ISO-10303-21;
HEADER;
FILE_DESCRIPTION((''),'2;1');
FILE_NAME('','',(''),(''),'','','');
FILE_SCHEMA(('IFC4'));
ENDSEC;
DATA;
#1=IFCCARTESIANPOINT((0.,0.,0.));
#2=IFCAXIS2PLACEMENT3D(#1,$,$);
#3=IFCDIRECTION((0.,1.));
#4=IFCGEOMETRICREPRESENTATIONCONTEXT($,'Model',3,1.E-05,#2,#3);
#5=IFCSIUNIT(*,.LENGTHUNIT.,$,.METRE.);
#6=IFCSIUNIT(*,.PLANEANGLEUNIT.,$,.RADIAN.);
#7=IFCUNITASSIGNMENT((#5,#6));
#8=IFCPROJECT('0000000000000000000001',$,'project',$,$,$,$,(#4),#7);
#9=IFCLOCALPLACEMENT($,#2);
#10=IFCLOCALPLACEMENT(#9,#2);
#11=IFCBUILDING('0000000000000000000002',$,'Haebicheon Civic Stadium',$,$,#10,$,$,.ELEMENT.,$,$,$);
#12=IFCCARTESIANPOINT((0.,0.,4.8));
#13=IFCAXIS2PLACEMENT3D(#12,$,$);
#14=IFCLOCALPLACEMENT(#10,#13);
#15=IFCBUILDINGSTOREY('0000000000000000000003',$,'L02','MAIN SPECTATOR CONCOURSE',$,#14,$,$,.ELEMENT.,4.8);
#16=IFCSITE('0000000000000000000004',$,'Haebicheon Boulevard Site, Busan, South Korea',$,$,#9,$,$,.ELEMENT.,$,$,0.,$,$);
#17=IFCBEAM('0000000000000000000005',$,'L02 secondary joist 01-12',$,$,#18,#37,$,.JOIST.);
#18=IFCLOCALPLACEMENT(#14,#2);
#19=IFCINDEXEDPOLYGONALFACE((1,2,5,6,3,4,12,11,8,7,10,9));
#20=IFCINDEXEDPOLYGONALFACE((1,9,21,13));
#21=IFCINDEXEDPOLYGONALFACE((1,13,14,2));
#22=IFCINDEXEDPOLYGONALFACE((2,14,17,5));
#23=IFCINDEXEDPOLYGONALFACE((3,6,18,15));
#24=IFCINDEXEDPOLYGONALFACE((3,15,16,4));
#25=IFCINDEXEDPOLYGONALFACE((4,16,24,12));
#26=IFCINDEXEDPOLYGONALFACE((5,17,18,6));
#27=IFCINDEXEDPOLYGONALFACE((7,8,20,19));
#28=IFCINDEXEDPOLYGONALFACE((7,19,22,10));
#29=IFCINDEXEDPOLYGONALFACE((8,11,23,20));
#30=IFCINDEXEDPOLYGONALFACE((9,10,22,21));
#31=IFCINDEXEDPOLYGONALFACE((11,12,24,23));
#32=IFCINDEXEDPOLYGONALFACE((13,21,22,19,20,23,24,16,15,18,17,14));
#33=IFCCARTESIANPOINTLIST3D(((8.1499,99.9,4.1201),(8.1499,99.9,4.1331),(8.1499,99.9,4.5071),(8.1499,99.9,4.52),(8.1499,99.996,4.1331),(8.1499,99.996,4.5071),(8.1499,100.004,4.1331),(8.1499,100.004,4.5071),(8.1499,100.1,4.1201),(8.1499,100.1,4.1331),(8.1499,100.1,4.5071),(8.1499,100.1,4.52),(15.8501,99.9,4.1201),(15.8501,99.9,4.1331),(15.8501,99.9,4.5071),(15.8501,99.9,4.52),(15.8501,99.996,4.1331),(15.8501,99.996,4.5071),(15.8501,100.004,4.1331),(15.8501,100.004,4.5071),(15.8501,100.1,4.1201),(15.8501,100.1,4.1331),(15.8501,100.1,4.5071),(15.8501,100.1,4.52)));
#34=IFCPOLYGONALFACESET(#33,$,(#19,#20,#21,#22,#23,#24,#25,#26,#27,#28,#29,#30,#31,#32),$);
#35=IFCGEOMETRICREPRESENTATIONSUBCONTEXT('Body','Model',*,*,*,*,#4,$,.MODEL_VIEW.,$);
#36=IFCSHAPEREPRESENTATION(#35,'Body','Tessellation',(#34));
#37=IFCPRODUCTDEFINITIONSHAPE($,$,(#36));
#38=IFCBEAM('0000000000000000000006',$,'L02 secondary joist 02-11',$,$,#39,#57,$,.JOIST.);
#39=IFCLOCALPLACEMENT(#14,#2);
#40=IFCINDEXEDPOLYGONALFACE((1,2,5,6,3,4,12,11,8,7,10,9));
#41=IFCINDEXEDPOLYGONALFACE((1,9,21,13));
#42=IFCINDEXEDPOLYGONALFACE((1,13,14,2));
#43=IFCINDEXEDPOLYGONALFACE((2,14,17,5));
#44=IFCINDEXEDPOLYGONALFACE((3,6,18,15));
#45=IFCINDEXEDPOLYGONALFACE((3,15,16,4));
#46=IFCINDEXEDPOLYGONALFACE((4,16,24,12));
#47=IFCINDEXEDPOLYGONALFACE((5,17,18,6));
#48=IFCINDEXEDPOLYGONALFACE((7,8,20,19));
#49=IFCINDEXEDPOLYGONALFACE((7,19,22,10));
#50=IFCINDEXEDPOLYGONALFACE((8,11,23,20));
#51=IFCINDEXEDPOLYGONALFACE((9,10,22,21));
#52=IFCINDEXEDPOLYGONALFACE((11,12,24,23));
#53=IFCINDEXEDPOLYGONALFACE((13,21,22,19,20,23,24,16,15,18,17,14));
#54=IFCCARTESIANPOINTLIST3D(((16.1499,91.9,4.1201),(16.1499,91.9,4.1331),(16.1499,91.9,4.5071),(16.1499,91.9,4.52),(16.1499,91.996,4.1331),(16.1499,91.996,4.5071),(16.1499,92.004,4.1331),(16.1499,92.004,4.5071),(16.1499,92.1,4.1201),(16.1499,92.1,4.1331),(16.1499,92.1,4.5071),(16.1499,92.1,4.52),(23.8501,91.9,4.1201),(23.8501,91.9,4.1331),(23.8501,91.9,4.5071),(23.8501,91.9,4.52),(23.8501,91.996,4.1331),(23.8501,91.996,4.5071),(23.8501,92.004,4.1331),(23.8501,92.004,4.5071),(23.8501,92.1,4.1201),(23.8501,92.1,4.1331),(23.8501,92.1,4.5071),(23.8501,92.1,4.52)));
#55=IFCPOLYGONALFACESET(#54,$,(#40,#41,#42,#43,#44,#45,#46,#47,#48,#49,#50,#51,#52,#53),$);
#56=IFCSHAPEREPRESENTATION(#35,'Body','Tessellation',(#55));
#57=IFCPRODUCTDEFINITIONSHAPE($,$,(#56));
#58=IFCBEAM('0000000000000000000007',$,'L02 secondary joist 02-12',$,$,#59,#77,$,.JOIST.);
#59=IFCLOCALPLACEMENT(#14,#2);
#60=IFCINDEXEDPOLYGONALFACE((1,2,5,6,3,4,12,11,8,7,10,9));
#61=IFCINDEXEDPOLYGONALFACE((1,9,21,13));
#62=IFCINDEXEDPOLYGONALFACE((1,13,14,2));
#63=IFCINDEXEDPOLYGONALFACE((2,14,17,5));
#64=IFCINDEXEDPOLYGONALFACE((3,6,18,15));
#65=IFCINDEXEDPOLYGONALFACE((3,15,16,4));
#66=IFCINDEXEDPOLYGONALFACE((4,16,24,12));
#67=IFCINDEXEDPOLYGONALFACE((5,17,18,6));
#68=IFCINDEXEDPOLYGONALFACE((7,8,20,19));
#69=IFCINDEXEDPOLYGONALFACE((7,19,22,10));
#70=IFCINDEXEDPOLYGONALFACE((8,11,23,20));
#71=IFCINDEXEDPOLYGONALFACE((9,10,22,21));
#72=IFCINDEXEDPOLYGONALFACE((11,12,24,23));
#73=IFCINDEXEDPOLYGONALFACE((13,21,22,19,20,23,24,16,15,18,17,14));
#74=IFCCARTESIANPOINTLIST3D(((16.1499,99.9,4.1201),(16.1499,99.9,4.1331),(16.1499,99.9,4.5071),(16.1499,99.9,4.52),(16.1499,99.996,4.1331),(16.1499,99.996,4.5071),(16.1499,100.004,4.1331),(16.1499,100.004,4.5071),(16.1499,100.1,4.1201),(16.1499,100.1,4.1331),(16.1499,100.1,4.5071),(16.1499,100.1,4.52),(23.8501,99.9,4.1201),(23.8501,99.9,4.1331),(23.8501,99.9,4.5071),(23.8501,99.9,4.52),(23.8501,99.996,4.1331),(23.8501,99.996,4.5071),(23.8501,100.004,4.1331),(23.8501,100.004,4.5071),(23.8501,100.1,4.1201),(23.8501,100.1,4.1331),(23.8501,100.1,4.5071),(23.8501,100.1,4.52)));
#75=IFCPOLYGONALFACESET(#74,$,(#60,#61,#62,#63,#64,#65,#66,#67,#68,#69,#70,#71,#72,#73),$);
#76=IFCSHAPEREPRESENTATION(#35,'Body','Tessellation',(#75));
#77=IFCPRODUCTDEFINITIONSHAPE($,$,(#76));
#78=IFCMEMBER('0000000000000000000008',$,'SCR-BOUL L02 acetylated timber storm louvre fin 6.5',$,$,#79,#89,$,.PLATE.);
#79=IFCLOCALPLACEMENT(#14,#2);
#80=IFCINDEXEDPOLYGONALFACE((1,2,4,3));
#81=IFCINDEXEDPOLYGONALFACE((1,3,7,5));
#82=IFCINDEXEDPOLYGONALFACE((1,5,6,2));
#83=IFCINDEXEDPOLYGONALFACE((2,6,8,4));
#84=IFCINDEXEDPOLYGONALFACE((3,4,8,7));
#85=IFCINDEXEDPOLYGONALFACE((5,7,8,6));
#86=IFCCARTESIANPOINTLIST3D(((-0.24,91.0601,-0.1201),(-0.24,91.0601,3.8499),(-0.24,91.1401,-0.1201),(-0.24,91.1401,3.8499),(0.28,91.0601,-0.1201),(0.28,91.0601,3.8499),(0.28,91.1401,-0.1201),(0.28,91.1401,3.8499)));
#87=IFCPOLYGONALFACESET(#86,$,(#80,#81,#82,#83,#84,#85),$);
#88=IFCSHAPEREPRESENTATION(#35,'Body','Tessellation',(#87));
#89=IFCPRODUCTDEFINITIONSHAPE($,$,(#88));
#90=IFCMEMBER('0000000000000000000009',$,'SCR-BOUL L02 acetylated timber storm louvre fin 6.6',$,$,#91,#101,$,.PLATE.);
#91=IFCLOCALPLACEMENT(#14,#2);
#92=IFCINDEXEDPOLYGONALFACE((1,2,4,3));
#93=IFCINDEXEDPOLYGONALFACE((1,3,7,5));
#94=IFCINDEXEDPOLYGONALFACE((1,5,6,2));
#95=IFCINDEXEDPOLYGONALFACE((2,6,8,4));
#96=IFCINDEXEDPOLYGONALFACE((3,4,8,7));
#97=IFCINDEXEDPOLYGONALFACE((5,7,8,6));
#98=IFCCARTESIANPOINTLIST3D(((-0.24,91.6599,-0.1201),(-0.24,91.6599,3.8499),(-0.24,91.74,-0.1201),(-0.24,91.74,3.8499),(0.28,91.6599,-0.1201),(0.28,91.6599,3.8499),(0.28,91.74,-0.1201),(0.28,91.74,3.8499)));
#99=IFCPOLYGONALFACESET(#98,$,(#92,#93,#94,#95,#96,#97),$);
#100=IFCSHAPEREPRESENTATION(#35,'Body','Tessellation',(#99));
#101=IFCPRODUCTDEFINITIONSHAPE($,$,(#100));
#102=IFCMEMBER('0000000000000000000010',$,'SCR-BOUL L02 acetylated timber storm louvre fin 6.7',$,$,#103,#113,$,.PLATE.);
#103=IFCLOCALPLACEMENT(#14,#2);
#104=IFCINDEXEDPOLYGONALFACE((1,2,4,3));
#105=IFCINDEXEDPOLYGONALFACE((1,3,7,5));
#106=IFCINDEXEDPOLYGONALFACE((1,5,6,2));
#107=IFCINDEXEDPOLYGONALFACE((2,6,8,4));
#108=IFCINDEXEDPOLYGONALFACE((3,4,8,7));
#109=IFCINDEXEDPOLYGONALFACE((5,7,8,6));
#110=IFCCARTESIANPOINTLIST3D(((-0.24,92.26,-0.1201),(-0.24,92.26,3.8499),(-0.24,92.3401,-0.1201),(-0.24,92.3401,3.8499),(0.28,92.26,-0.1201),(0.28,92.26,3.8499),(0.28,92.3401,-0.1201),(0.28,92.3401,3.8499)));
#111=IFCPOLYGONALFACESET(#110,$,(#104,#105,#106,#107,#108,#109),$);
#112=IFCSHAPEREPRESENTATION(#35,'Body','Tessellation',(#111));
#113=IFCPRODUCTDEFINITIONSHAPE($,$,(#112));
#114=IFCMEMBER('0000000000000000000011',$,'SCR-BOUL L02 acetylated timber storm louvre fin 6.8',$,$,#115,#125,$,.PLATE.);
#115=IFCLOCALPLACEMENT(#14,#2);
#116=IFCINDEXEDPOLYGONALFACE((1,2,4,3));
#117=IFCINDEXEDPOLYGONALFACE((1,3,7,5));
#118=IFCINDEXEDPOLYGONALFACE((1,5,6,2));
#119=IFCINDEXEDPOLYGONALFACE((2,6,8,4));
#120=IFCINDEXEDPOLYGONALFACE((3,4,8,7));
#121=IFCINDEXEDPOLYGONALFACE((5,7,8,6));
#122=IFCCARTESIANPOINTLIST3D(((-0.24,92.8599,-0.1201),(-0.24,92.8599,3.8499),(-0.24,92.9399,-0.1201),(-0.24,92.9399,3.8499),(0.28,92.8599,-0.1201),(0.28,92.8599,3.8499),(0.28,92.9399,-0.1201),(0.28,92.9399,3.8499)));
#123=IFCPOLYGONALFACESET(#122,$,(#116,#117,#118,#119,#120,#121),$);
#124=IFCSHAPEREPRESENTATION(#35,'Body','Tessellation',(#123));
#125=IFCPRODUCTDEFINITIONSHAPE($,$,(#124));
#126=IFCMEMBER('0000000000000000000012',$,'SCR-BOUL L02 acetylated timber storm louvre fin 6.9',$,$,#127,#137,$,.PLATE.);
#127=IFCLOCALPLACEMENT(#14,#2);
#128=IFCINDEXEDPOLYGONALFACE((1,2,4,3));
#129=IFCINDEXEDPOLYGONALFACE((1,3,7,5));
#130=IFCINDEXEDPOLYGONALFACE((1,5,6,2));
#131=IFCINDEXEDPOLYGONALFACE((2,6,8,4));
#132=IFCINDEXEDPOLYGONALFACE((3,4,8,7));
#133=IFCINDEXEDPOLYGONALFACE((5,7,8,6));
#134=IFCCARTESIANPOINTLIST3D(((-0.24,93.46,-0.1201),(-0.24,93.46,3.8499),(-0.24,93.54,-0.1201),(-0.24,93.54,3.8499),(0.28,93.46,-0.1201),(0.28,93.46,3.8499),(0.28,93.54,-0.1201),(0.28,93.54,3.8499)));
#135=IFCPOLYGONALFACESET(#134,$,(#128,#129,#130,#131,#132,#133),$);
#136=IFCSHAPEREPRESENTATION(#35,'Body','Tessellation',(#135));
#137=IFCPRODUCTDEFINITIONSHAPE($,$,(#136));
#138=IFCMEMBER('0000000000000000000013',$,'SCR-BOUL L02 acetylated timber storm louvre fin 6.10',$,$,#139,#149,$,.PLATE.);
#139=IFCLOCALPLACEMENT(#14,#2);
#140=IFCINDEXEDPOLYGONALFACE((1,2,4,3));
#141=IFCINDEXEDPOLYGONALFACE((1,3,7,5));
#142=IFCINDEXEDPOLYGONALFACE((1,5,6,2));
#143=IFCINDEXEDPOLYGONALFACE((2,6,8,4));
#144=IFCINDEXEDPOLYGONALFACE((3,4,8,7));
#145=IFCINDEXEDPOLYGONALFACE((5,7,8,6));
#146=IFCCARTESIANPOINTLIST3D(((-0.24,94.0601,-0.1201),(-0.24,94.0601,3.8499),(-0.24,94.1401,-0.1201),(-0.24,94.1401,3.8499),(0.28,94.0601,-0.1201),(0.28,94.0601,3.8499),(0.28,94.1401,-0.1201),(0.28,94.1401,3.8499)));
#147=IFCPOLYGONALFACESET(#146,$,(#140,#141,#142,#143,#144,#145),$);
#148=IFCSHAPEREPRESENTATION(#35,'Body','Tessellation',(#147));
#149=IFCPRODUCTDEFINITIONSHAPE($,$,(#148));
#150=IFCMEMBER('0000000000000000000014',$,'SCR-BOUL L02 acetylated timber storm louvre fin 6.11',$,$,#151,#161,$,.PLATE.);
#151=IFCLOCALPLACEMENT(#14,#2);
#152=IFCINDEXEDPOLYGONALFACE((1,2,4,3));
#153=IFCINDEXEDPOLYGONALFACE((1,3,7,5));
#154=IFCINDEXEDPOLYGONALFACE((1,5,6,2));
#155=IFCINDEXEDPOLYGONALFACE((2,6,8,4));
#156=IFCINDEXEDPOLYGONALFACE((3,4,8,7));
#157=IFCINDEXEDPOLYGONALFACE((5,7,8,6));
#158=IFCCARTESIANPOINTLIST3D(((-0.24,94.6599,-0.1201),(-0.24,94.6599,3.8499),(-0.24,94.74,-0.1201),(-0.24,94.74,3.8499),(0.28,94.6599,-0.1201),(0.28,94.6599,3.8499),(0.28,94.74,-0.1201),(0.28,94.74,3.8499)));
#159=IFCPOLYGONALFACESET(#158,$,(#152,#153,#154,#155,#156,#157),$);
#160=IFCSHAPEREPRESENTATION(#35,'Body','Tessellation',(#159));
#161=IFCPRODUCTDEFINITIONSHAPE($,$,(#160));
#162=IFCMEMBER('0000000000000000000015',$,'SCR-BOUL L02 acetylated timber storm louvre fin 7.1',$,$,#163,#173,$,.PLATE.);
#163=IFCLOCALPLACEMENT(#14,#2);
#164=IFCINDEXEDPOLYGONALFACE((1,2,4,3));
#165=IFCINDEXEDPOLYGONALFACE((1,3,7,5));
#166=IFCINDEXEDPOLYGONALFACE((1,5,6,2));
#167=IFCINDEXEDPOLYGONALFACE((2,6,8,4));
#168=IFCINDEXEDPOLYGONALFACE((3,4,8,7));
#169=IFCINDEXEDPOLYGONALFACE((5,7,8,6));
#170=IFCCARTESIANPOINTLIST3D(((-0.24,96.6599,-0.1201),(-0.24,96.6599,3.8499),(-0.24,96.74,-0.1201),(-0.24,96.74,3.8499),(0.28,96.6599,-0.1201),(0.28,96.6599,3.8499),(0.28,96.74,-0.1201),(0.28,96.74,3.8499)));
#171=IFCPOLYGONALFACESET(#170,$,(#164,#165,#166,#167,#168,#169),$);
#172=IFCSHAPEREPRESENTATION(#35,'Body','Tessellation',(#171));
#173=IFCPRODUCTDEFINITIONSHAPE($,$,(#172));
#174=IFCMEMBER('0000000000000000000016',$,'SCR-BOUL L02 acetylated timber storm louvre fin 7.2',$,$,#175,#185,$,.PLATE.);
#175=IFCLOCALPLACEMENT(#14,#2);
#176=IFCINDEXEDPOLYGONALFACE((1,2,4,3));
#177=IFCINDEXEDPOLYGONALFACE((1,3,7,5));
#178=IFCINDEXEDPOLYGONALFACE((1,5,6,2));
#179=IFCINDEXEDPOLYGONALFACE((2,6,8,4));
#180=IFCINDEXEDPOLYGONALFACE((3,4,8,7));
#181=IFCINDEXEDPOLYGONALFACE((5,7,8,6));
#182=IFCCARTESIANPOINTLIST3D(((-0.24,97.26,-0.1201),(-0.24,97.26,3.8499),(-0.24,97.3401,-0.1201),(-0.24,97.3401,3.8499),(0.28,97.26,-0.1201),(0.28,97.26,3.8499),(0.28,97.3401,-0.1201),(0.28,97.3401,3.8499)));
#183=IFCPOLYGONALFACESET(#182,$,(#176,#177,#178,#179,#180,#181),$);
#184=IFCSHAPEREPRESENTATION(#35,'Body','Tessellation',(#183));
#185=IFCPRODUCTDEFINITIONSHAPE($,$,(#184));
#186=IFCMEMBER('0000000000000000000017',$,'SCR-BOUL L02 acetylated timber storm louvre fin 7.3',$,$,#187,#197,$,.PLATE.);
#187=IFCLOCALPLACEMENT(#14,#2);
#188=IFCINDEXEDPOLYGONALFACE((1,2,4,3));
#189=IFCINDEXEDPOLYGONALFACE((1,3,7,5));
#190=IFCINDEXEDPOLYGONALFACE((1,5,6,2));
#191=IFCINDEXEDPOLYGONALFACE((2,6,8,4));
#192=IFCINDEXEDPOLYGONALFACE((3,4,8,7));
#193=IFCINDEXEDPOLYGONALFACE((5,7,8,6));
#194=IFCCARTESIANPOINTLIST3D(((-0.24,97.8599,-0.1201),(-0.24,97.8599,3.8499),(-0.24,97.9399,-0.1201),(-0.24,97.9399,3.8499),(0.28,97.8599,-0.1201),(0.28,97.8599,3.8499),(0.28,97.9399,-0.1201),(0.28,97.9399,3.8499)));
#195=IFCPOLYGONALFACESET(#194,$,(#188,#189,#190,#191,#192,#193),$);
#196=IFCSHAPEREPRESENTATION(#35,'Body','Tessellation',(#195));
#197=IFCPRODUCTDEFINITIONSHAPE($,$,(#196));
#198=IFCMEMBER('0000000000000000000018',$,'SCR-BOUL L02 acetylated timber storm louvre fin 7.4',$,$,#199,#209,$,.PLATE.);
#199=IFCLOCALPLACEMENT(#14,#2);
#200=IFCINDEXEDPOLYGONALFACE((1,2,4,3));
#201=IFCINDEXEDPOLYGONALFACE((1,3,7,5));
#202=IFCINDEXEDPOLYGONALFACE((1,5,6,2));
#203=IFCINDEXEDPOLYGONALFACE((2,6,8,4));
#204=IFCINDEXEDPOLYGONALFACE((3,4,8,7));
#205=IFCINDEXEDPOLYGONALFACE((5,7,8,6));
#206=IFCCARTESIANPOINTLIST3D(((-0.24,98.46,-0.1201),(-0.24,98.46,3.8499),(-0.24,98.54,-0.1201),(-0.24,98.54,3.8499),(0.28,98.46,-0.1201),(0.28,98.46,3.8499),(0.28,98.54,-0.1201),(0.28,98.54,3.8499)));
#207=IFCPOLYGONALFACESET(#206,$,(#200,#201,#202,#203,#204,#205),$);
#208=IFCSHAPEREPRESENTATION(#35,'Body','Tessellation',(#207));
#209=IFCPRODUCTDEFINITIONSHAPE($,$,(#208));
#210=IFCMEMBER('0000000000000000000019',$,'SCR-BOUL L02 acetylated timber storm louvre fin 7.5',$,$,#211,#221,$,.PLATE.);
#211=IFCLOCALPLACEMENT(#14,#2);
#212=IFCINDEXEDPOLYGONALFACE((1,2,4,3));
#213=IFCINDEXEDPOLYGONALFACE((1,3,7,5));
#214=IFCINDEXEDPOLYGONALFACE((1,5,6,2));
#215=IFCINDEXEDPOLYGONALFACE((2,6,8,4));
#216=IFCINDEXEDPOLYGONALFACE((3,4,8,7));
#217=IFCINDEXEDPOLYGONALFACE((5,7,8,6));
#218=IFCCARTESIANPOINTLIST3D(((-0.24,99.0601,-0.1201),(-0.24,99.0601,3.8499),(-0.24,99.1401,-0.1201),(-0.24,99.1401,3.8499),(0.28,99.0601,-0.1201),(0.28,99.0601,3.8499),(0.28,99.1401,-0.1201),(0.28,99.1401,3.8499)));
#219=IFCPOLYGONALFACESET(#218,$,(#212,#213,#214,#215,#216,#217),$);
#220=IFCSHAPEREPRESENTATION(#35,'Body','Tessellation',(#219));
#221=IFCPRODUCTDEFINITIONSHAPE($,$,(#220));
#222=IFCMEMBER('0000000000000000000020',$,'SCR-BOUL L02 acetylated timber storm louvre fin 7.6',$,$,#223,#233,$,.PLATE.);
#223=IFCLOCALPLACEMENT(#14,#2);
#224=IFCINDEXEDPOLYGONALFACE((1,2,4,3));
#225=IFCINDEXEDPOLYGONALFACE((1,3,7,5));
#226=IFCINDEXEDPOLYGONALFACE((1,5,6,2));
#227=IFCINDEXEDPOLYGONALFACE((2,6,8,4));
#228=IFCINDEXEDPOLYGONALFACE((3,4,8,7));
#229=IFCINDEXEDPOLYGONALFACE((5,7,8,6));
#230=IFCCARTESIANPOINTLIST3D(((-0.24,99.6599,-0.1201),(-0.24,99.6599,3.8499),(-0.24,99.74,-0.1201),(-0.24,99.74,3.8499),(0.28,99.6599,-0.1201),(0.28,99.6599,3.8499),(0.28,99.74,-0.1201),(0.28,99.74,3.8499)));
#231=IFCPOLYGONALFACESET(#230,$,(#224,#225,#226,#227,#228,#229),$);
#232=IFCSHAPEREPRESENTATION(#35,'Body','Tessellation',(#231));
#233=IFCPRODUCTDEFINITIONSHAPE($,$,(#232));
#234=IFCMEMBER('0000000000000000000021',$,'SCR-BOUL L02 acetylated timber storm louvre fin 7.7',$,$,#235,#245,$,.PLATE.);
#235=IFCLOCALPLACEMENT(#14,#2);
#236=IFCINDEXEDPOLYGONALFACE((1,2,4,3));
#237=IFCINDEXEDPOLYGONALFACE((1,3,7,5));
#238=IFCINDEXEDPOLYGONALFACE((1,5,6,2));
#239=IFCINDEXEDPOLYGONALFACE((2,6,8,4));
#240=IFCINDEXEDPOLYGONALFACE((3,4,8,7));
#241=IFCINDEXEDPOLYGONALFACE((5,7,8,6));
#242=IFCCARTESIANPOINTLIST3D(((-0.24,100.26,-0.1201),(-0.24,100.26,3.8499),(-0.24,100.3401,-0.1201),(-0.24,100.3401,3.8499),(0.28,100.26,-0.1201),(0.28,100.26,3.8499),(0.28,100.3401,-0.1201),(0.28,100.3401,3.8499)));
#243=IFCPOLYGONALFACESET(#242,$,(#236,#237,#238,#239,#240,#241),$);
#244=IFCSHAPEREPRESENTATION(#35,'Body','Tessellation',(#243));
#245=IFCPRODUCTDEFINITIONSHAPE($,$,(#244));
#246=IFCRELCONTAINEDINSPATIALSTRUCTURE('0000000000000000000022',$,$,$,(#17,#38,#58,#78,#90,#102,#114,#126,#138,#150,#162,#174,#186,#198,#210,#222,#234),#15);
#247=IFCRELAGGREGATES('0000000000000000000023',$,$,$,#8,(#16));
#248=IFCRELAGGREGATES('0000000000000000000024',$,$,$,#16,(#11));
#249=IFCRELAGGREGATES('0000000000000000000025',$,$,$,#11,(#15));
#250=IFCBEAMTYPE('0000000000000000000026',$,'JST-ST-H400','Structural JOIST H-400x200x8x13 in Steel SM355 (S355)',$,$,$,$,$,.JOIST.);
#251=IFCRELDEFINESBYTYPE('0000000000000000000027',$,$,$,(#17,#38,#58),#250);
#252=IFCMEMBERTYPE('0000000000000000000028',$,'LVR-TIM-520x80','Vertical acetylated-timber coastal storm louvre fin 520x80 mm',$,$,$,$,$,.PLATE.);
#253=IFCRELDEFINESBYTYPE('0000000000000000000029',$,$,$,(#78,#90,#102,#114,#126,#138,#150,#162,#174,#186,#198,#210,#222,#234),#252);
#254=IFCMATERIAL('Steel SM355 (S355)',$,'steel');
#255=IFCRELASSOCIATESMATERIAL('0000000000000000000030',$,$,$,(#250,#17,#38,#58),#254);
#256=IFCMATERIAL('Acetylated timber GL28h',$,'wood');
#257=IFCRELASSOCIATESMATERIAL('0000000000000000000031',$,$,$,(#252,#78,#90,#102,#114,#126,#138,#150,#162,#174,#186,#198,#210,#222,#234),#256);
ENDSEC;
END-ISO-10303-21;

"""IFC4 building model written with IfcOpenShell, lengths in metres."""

from ifc_helpers import new_model, si_unit, direction, frame, origin, origin_2d, place, context, subcontext, project, spatial, rectangle, i_section, extrude, material, material_profile, profile_set, type_object, element, save


model = new_model("IFC4")

# Units and contexts
model_context = context("Model", 3, precision=1e-05, world=origin(), true_north=direction((0.0, 1.0)))
body_context = subcontext(model_context, "Body", "Model", "MODEL_VIEW")
ifc_project = project(units=[si_unit("LENGTHUNIT", "METRE"), si_unit("PLANEANGLEUNIT", "RADIAN")], contexts=[model_context])

# Site, building, storey
site_placement = place(None, origin())
site = spatial("IfcSite", under=ifc_project, at=site_placement, Name="Haebicheon Boulevard Site, Busan, South Korea", CompositionType="ELEMENT", RefElevation=0.0)
building_placement = place(site_placement, origin())
building = spatial("IfcBuilding", under=site, at=building_placement, Name="Haebicheon Civic Stadium", CompositionType="ELEMENT")
storey_placement = place(building_placement, frame((0.0, 0.0, 4.8)))
storey = spatial("IfcBuildingStorey", under=building, at=storey_placement, Name="L02", Description="MAIN SPECTATOR CONCOURSE", CompositionType="ELEMENT", Elevation=4.8)

# Beams
ifc_material_1 = material(Name="Steel SM355 (S355)", Category="steel")
ifc_material_profile_1 = material_profile(ifc_material_1, i_section(OverallWidth=0.2, OverallDepth=0.3999, WebThickness=0.0081, FlangeThickness=0.0129, at=origin_2d()), Name="H-400x200x8x13")
ifc_profile_set_1 = profile_set([ifc_material_profile_1], Name="Steel SM355 (S355)")
beam_type_1 = type_object("IfcBeamType", Name="JST-ST-H400", Description="Structural JOIST H-400x200x8x13 in Steel SM355 (S355)", PredefinedType="JOIST", material=ifc_profile_set_1)
for number, where, z_axis, x_axis, name in (
    (1, (8.1499, 100.0, 4.3201), (1.0, 0.0, 0.0), (0.0, 1.0, 0.0), "L02 secondary joist 01-12"),
    (2, (16.1499, 92.0, 4.3201), (1.0, 0.0, 0.0), (0.0, 1.0, 0.0), "L02 secondary joist 02-11"),
    (3, (16.1499, 100.0, 4.3201), (1.0, 0.0, 0.0), (0.0, 1.0, 0.0), "L02 secondary joist 02-12"),
):
    element("IfcBeam", number, at=place(storey_placement, frame(where, z_axis=z_axis, x_axis=x_axis)), inside=storey, type_object=beam_type_1, material=ifc_profile_set_1, Name=name, PredefinedType="JOIST", context=body_context, shape_type="SweptSolid", body=[
        extrude(i_section(OverallWidth=0.2, OverallDepth=0.3999, WebThickness=0.0081, FlangeThickness=0.0129, at=origin_2d()), origin(), (0.0, 0.0, 1.0), 7.7002),
    ])

# Members
ifc_material_2 = material(Name="Acetylated timber GL28h", Category="wood")
ifc_material_profile_2 = material_profile(ifc_material_2, rectangle(XDim=0.0801, YDim=0.52, at=origin_2d()), Name="TMB-LOUV-80x520")
ifc_profile_set_2 = profile_set([ifc_material_profile_2], Name="Acetylated timber GL28h")
member_type = type_object("IfcMemberType", Name="LVR-TIM-520x80", Description="Vertical acetylated-timber coastal storm louvre fin 520x80 mm", PredefinedType="PLATE", material=ifc_profile_set_2)
for number, where, z_axis, x_axis, name in (
    (4, (0.02, 91.1001, -0.1201), (0.0, 0.0, 1.0), (0.0, 1.0, 0.0), "SCR-BOUL L02 acetylated timber storm louvre fin 6.5"),
    (5, (0.02, 91.7, -0.1201), (0.0, 0.0, 1.0), (0.0, 1.0, 0.0), "SCR-BOUL L02 acetylated timber storm louvre fin 6.6"),
    (6, (0.02, 92.3, -0.1201), (0.0, 0.0, 1.0), (0.0, 1.0, 0.0), "SCR-BOUL L02 acetylated timber storm louvre fin 6.7"),
    (7, (0.02, 92.8999, -0.1201), (0.0, 0.0, 1.0), (0.0, 1.0, 0.0), "SCR-BOUL L02 acetylated timber storm louvre fin 6.8"),
    (8, (0.02, 93.5, -0.1201), (0.0, 0.0, 1.0), (0.0, 1.0, 0.0), "SCR-BOUL L02 acetylated timber storm louvre fin 6.9"),
    (9, (0.02, 94.1001, -0.1201), (0.0, 0.0, 1.0), (0.0, 1.0, 0.0), "SCR-BOUL L02 acetylated timber storm louvre fin 6.10"),
    (10, (0.02, 94.7, -0.1201), (0.0, 0.0, 1.0), (0.0, 1.0, 0.0), "SCR-BOUL L02 acetylated timber storm louvre fin 6.11"),
    (11, (0.02, 96.7, -0.1201), (0.0, 0.0, 1.0), (0.0, 1.0, 0.0), "SCR-BOUL L02 acetylated timber storm louvre fin 7.1"),
    (12, (0.02, 97.3, -0.1201), (0.0, 0.0, 1.0), (0.0, 1.0, 0.0), "SCR-BOUL L02 acetylated timber storm louvre fin 7.2"),
    (13, (0.02, 97.8999, -0.1201), (0.0, 0.0, 1.0), (0.0, 1.0, 0.0), "SCR-BOUL L02 acetylated timber storm louvre fin 7.3"),
    (14, (0.02, 98.5, -0.1201), (0.0, 0.0, 1.0), (0.0, 1.0, 0.0), "SCR-BOUL L02 acetylated timber storm louvre fin 7.4"),
    (15, (0.02, 99.1001, -0.1201), (0.0, 0.0, 1.0), (0.0, 1.0, 0.0), "SCR-BOUL L02 acetylated timber storm louvre fin 7.5"),
    (16, (0.02, 99.7, -0.1201), (0.0, 0.0, 1.0), (0.0, 1.0, 0.0), "SCR-BOUL L02 acetylated timber storm louvre fin 7.6"),
    (17, (0.02, 100.3, -0.1201), (0.0, 0.0, 1.0), (0.0, 1.0, 0.0), "SCR-BOUL L02 acetylated timber storm louvre fin 7.7"),
):
    element("IfcMember", number, at=place(storey_placement, frame(where, z_axis=z_axis, x_axis=x_axis)), inside=storey, type_object=member_type, material=ifc_profile_set_2, Name=name, PredefinedType="PLATE", context=body_context, shape_type="SweptSolid", body=[
        extrude(rectangle(XDim=0.0801, YDim=0.52, at=origin_2d()), origin(), (0.0, 0.0, 1.0), 3.97),
    ])

save(model, "model.ifc")
